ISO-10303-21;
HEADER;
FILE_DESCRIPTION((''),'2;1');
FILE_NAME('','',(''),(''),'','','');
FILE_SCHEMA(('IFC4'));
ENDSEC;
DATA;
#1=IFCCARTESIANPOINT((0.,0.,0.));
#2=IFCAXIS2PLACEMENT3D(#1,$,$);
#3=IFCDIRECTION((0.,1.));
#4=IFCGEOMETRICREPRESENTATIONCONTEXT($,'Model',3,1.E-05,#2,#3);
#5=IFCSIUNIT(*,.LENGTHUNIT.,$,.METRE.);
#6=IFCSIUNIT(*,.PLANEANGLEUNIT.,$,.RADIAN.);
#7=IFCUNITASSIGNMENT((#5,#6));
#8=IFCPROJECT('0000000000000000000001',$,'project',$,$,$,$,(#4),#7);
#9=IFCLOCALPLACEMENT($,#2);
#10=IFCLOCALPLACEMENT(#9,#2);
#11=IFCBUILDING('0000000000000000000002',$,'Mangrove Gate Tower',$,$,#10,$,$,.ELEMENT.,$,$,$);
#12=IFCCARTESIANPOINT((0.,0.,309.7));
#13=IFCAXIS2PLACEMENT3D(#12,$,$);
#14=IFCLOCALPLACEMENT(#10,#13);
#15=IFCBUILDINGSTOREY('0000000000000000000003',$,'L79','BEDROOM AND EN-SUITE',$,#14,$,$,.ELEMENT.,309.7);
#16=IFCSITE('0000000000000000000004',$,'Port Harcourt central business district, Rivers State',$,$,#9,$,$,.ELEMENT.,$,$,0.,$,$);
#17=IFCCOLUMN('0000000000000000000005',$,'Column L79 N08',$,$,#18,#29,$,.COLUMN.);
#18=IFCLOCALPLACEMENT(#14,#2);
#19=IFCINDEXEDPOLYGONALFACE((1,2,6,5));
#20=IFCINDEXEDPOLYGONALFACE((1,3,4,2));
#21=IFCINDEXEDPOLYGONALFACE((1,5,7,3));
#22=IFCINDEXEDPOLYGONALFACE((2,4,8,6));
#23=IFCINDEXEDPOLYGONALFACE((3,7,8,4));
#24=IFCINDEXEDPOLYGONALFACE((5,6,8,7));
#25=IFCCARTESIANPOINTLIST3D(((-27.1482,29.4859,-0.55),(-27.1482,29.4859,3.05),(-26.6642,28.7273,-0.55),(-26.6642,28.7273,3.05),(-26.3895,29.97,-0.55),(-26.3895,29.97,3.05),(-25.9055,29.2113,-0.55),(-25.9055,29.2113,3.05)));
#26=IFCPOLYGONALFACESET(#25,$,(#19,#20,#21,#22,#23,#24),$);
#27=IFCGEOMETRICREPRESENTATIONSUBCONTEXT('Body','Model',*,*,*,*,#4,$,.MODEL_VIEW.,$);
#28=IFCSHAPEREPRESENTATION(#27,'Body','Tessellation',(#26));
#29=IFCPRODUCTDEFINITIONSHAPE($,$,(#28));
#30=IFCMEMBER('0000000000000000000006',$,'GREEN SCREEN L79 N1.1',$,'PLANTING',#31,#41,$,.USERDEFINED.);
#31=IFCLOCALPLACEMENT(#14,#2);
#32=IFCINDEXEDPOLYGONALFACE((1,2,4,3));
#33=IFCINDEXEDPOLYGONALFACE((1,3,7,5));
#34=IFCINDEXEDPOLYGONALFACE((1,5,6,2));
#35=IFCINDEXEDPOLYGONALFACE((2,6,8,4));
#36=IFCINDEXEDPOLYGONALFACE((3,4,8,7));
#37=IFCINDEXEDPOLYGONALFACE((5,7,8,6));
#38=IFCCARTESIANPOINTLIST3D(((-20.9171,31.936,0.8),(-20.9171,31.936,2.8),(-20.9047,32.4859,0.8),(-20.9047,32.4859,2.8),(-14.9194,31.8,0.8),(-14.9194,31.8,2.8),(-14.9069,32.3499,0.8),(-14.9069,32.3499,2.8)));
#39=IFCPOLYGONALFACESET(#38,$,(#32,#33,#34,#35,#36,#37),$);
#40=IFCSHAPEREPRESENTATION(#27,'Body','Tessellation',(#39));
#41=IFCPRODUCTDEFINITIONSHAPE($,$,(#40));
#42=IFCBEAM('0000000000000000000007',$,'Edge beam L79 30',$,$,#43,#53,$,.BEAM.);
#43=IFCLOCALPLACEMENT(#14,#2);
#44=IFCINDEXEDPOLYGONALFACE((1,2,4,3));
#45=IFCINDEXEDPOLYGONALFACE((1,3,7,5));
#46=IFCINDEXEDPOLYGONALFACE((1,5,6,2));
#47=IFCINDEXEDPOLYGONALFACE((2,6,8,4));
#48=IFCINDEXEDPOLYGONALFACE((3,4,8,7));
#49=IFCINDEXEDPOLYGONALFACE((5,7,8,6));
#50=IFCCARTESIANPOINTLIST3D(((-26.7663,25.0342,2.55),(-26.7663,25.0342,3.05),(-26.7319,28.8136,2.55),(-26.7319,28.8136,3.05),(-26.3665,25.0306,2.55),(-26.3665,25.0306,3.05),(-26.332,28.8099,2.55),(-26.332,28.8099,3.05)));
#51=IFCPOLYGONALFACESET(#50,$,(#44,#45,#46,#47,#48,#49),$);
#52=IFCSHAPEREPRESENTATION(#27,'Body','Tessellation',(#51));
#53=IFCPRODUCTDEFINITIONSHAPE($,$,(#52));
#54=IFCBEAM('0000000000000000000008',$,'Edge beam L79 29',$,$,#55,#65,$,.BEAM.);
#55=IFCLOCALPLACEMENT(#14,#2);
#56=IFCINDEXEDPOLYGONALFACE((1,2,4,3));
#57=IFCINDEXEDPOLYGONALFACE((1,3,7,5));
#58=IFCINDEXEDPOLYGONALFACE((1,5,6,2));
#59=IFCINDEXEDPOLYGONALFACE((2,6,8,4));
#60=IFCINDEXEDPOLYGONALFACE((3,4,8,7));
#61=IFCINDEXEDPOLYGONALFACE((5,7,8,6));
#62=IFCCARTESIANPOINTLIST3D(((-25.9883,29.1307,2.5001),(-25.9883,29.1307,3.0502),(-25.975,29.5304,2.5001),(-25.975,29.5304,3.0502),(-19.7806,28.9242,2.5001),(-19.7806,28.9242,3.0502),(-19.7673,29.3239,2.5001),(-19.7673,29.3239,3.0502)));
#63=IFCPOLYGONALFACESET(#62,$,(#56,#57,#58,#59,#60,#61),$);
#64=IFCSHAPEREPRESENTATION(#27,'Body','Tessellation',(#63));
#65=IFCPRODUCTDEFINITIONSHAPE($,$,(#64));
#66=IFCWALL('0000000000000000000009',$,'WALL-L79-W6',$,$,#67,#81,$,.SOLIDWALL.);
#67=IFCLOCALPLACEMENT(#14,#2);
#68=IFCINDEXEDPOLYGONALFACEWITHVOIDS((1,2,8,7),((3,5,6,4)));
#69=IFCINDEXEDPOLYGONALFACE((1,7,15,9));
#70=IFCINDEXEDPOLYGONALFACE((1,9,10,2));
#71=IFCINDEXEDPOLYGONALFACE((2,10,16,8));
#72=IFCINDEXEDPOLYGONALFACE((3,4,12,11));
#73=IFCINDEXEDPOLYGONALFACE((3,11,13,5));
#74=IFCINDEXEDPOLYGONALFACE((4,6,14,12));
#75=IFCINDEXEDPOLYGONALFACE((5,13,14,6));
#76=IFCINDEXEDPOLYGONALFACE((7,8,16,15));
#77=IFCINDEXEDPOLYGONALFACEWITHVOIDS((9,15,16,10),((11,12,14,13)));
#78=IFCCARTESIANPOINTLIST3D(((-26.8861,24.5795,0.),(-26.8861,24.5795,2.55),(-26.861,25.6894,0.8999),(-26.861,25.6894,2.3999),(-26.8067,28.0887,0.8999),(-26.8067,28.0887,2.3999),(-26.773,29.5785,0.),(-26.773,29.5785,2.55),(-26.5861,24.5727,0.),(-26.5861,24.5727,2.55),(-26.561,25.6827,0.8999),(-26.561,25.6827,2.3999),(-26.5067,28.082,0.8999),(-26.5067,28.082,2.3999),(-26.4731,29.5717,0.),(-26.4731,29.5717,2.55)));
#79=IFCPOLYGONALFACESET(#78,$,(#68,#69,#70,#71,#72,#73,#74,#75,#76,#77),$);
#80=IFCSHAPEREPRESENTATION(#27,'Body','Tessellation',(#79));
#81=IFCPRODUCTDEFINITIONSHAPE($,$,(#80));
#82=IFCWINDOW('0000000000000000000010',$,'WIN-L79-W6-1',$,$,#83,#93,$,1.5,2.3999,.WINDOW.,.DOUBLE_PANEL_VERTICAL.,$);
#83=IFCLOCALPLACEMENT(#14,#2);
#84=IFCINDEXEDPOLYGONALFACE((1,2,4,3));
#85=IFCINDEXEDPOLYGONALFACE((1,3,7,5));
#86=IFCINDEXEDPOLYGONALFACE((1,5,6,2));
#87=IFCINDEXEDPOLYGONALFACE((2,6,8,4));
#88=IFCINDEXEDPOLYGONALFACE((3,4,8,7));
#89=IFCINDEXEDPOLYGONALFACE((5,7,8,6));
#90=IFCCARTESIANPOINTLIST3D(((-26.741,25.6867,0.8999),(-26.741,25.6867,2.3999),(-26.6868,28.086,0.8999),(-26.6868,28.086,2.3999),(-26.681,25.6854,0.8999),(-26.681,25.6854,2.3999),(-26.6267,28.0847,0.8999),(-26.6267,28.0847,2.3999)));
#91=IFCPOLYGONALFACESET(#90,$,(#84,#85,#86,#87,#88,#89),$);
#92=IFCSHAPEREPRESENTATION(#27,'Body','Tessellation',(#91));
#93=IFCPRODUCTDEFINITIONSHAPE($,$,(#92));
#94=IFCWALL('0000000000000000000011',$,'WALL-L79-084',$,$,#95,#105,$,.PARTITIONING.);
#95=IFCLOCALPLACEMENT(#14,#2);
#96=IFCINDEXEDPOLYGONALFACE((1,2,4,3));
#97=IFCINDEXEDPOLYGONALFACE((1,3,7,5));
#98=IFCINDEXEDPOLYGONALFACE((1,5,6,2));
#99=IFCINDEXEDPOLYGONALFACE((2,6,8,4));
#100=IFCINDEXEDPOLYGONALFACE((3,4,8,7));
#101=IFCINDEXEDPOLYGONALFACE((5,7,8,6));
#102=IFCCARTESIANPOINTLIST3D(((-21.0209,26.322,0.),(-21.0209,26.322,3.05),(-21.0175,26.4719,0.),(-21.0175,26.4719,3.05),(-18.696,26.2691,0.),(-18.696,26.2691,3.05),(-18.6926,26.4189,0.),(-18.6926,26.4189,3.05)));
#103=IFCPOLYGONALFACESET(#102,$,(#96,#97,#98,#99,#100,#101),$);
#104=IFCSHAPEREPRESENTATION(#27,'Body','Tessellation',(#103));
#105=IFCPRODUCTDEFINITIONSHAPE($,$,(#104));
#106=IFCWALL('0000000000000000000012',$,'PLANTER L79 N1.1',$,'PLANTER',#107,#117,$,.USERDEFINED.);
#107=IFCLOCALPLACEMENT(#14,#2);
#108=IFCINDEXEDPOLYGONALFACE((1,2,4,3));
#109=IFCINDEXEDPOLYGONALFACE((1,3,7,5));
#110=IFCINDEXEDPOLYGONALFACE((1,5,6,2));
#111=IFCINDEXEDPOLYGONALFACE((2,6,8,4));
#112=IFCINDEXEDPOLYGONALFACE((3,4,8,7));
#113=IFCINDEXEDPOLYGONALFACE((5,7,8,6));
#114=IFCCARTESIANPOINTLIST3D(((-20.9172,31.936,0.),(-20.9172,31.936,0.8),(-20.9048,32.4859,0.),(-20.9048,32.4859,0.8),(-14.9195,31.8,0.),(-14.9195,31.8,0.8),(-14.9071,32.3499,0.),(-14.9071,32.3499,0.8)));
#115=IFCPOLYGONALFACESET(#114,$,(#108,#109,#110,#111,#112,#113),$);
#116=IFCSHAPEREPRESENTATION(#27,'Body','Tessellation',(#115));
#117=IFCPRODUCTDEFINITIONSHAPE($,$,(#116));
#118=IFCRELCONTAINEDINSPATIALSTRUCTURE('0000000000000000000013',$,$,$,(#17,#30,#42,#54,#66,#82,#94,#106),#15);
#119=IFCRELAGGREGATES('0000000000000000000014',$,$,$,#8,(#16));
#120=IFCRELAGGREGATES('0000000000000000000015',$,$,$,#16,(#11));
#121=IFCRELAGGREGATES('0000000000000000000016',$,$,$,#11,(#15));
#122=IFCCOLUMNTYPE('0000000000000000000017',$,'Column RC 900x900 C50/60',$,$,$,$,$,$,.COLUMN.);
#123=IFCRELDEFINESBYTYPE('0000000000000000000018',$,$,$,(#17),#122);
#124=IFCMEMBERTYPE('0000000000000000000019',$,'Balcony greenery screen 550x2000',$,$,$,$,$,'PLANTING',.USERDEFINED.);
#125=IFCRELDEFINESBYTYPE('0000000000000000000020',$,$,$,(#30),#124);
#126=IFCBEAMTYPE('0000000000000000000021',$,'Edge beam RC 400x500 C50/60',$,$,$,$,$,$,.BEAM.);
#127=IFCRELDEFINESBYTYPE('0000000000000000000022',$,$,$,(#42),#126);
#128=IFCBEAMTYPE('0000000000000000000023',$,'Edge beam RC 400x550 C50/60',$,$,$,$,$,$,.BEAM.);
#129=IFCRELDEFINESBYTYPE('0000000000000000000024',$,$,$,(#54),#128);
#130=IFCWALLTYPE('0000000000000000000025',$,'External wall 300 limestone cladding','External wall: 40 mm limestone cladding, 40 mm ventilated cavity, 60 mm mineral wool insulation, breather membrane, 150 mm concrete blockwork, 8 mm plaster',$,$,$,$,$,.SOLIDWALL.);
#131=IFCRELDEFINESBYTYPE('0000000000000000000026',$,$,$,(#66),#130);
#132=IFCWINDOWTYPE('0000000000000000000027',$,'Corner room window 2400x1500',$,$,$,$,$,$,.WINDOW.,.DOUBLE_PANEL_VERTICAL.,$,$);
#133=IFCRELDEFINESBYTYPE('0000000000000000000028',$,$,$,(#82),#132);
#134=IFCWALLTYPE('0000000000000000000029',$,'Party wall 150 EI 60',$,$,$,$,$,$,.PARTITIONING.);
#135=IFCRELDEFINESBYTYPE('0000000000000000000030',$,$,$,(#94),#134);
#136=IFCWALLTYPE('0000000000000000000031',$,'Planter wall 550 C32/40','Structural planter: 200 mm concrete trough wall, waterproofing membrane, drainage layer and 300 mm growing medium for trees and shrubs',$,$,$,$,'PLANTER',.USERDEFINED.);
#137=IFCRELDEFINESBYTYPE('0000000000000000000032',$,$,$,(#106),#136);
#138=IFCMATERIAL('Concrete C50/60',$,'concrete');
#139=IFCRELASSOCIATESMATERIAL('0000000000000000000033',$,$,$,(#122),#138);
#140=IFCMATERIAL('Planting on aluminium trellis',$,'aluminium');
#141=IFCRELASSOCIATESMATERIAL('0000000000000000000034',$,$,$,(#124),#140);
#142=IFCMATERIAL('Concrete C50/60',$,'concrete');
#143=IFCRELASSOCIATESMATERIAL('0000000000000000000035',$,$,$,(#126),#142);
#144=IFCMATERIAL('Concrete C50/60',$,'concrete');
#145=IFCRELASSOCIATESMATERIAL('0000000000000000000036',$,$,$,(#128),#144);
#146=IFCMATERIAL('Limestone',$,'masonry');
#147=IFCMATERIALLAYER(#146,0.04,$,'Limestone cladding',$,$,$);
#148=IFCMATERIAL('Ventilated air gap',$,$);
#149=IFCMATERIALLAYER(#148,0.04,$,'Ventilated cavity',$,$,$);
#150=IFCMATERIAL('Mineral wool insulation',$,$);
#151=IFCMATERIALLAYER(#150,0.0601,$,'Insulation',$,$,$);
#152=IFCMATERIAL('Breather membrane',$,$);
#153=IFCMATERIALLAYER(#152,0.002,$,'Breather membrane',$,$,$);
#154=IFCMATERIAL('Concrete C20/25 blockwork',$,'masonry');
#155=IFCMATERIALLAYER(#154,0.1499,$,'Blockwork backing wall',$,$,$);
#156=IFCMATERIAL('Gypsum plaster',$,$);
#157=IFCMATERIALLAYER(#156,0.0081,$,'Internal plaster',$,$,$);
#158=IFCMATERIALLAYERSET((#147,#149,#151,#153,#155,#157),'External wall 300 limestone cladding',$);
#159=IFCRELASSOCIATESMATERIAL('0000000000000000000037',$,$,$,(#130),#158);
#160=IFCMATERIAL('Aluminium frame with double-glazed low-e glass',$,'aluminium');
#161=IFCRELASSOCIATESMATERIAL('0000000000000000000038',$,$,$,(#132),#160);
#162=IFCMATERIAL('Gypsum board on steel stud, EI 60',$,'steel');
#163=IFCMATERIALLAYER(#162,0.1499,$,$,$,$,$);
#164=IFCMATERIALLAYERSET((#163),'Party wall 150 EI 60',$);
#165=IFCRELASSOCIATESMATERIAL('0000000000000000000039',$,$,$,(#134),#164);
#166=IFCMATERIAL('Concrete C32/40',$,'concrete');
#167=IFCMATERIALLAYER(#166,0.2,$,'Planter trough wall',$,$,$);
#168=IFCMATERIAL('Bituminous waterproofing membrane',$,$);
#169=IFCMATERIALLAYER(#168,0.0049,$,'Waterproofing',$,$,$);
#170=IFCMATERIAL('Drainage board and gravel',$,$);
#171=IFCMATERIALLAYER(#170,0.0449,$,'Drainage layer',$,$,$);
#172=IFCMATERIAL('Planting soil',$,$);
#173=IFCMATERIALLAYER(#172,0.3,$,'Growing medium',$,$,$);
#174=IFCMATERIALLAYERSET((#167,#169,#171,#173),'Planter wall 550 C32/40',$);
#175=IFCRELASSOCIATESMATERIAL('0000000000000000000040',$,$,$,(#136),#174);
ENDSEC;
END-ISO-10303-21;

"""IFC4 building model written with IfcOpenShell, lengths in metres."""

from ifc_helpers import new_model, si_unit, direction, frame, frame_2d, origin, origin_2d, place, context, subcontext, project, spatial, rectangle, extrude, material, layer, layer_set, material_profile, profile_set, type_object, element, fill, save


model = new_model("IFC4")

# Units and contexts
model_context = context("Model", 3, precision=1e-05, world=origin(), true_north=direction((0.0, 1.0)))
body_context = subcontext(model_context, "Body", "Model", "MODEL_VIEW")
ifc_project = project(units=[si_unit("LENGTHUNIT", "METRE"), si_unit("PLANEANGLEUNIT", "RADIAN")], contexts=[model_context])

# Site, building, storey
site_placement = place(None, origin())
site = spatial("IfcSite", under=ifc_project, at=site_placement, Name="Port Harcourt central business district, Rivers State", CompositionType="ELEMENT", RefElevation=0.0)
building_placement = place(site_placement, origin())
building = spatial("IfcBuilding", under=site, at=building_placement, Name="Mangrove Gate Tower", CompositionType="ELEMENT")
storey_placement = place(building_placement, frame((0.0, 0.0, 309.7)))
storey = spatial("IfcBuildingStorey", under=building, at=storey_placement, Name="L79", Description="BEDROOM AND EN-SUITE", CompositionType="ELEMENT", Elevation=309.7)

# Column
ifc_material_1 = material(Name="Concrete C50/60", Category="concrete")
ifc_material_profile_1 = material_profile(ifc_material_1, rectangle(XDim=0.8999, YDim=0.8999, at=origin_2d()))
ifc_profile_set_1 = profile_set([ifc_material_profile_1], Name="Concrete C50/60")
column_type = type_object("IfcColumnType", Name="Column RC 900x900 C50/60", PredefinedType="COLUMN", material=ifc_profile_set_1)
column_placement = place(storey_placement, frame((-26.5269, 29.3486, -0.55), z_axis=(0.0, 0.0, 1.0), x_axis=(-0.843037, -0.537855, 0.0)))
element("IfcColumn", 1, at=column_placement, inside=storey, type_object=column_type, Name="Column L79 N08", PredefinedType="COLUMN", context=body_context, shape_type="SweptSolid", body=[
    extrude(rectangle(XDim=0.8999, YDim=0.8999, at=origin_2d()), origin(), (0.0, 0.0, 1.0), 3.6001),
])

# Member
ifc_material_2 = material(Name="Planting on aluminium trellis", Category="aluminium")
ifc_material_profile_2 = material_profile(ifc_material_2, rectangle(XDim=0.55, YDim=2.0, at=origin_2d()))
ifc_profile_set_2 = profile_set([ifc_material_profile_2], Name="Planting on aluminium trellis")
member_type = type_object("IfcMemberType", Name="Balcony greenery screen 550x2000", ElementType="PLANTING", PredefinedType="USERDEFINED", material=ifc_profile_set_2)
member_placement = place(storey_placement, frame((-20.9109, 32.2109, 1.8), z_axis=(0.999743, -0.022667, 0.0), x_axis=(0.022667, 0.999743, 0.0)))
element("IfcMember", 2, at=member_placement, inside=storey, type_object=member_type, Name="GREEN SCREEN L79 N1.1", ObjectType="PLANTING", PredefinedType="USERDEFINED", context=body_context, shape_type="SweptSolid", body=[
    extrude(rectangle(XDim=0.55, YDim=2.0, at=origin_2d()), origin(), (0.0, 0.0, 1.0), 5.9993),
])

# Beams
ifc_material_3 = material(Name="Concrete C50/60", Category="concrete")
ifc_material_profile_3 = material_profile(ifc_material_3, rectangle(XDim=0.3999, YDim=0.5, at=origin_2d()))
ifc_profile_set_3 = profile_set([ifc_material_profile_3], Name="Concrete C50/60")
beam_type_1 = type_object("IfcBeamType", Name="Edge beam RC 400x500 C50/60", PredefinedType="BEAM", material=ifc_profile_set_3)
beam_1_placement = place(storey_placement, frame((-26.532, 28.8118, 2.8), z_axis=(-0.009108, -0.999959, 0.0), x_axis=(0.999959, -0.009108, 0.0)))
element("IfcBeam", 3, at=beam_1_placement, inside=storey, type_object=beam_type_1, Name="Edge beam L79 30", PredefinedType="BEAM", context=body_context, shape_type="SweptSolid", body=[
    extrude(rectangle(XDim=0.3999, YDim=0.5, at=origin_2d()), origin(), (0.0, 0.0, 1.0), 3.7795),
])
ifc_material_4 = material(Name="Concrete C50/60", Category="concrete")
ifc_material_profile_4 = material_profile(ifc_material_4, rectangle(XDim=0.3999, YDim=0.55, at=origin_2d()))
ifc_profile_set_4 = profile_set([ifc_material_profile_4], Name="Concrete C50/60")
beam_type_2 = type_object("IfcBeamType", Name="Edge beam RC 400x550 C50/60", PredefinedType="BEAM", material=ifc_profile_set_4)
beam_2_placement = place(storey_placement, frame((-19.7739, 29.124, 2.7751), z_axis=(-0.999447, 0.033253, 0.0), x_axis=(-0.033253, -0.999447, 0.0)))
element("IfcBeam", 4, at=beam_2_placement, inside=storey, type_object=beam_type_2, Name="Edge beam L79 29", PredefinedType="BEAM", context=body_context, shape_type="SweptSolid", body=[
    extrude(rectangle(XDim=0.3999, YDim=0.55, at=origin_2d()), origin(), (0.0, 0.0, 1.0), 6.2112),
])

# Wall, opening, window
ifc_material_5 = material(Name="Limestone", Category="masonry")
ifc_layer_1 = layer(ifc_material_5, 0.04, Name="Limestone cladding")
ifc_material_6 = material(Name="Ventilated air gap")
ifc_layer_2 = layer(ifc_material_6, 0.04, Name="Ventilated cavity")
ifc_material_7 = material(Name="Mineral wool insulation")
ifc_layer_3 = layer(ifc_material_7, 0.0601, Name="Insulation")
ifc_material_8 = material(Name="Breather membrane")
ifc_layer_4 = layer(ifc_material_8, 0.002, Name="Breather membrane")
ifc_material_9 = material(Name="Concrete C20/25 blockwork", Category="masonry")
ifc_layer_5 = layer(ifc_material_9, 0.1499, Name="Blockwork backing wall")
ifc_material_10 = material(Name="Gypsum plaster")
ifc_layer_6 = layer(ifc_material_10, 0.0081, Name="Internal plaster")
ifc_layer_set_1 = layer_set([ifc_layer_1, ifc_layer_2, ifc_layer_3, ifc_layer_4, ifc_layer_5, ifc_layer_6], Name="External wall 300 limestone cladding")
wall_type_1 = type_object("IfcWallType", Name="External wall 300 limestone cladding", Description="External wall: 40 mm limestone cladding, 40 mm ventilated cavity, 60 mm mineral wool insulation, breather membrane, 150 mm concrete blockwork, 8 mm plaster", PredefinedType="SOLIDWALL", material=ifc_layer_set_1)
wall_1_placement = place(storey_placement, frame((-26.623, 29.575, 0.0), z_axis=(0.0, 0.0, 1.0), x_axis=(-0.022606, -0.999744, 0.0)))
wall_1 = element("IfcWall", 5, at=wall_1_placement, inside=storey, type_object=wall_type_1, Name="WALL-L79-W6", PredefinedType="SOLIDWALL", context=body_context, shape_type="SweptSolid", body=[
    extrude(rectangle(XDim=5.0002, YDim=0.3, at=frame_2d((2.5, 0.0))), origin(), (0.0, 0.0, 1.0), 2.55),
])
opening_1_placement = place(wall_1_placement, frame((1.49, 0.0, 0.8999)))
opening_1 = element("IfcOpeningElement", 6, at=opening_1_placement, cuts=wall_1, PredefinedType="OPENING", context=body_context, shape_type="SweptSolid", body=[
    extrude(rectangle(XDim=2.3999, YDim=1.5, at=frame_2d((1.2, 0.75))), frame((0.0, 0.1599, 0.0), z_axis=(0.0, -1.0, 0.0), x_axis=(1.0, 0.0, 0.0)), (0.0, 0.0, 1.0), 0.3201),
])
ifc_material_11 = material(Name="Aluminium frame with double-glazed low-e glass", Category="aluminium")
window_type_1 = type_object("IfcWindowType", Name="Corner room window 2400x1500", PartitioningType="DOUBLE_PANEL_VERTICAL", PredefinedType="WINDOW", material=ifc_material_11)
window_1_placement = place(opening_1_placement, origin())
window_1 = element("IfcWindow", 7, at=window_1_placement, inside=storey, type_object=window_type_1, Name="WIN-L79-W6-1", OverallHeight=1.5, OverallWidth=2.3999, PartitioningType="DOUBLE_PANEL_VERTICAL", PredefinedType="WINDOW", context=body_context, shape_type="SweptSolid", body=[
    extrude(rectangle(XDim=2.3999, YDim=1.5, at=frame_2d((1.2, 0.75))), frame((0.0, 0.03, 0.0), z_axis=(0.0, -1.0, 0.0), x_axis=(1.0, 0.0, 0.0)), (0.0, 0.0, 1.0), 0.0601),
])
fill(opening_1, window_1)

# Walls
ifc_material_12 = material(Name="Gypsum board on steel stud, EI 60", Category="steel")
ifc_layer_7 = layer(ifc_material_12, 0.1499)
ifc_layer_set_2 = layer_set([ifc_layer_7], Name="Party wall 150 EI 60")
wall_type_2 = type_object("IfcWallType", Name="Party wall 150 EI 60", PredefinedType="PARTITIONING", material=ifc_layer_set_2)
wall_2_placement = place(storey_placement, frame((-21.019, 26.397, 0.0), z_axis=(0.0, 0.0, 1.0), x_axis=(0.99974, -0.022781, 0.0)))
element("IfcWall", 8, at=wall_2_placement, inside=storey, type_object=wall_type_2, Name="WALL-L79-084", PredefinedType="PARTITIONING", context=body_context, shape_type="SweptSolid", body=[
    extrude(rectangle(XDim=2.3254, YDim=0.1499, at=frame_2d((1.1626, 0.0))), origin(), (0.0, 0.0, 1.0), 3.05),
])
ifc_material_13 = material(Name="Concrete C32/40", Category="concrete")
ifc_layer_8 = layer(ifc_material_13, 0.2, Name="Planter trough wall")
ifc_material_14 = material(Name="Bituminous waterproofing membrane")
ifc_layer_9 = layer(ifc_material_14, 0.0049, Name="Waterproofing")
ifc_material_15 = material(Name="Drainage board and gravel")
ifc_layer_10 = layer(ifc_material_15, 0.0449, Name="Drainage layer")
ifc_material_16 = material(Name="Planting soil")
ifc_layer_11 = layer(ifc_material_16, 0.3, Name="Growing medium")
ifc_layer_set_3 = layer_set([ifc_layer_8, ifc_layer_9, ifc_layer_10, ifc_layer_11], Name="Planter wall 550 C32/40")
wall_type_3 = type_object("IfcWallType", Name="Planter wall 550 C32/40", Description="Structural planter: 200 mm concrete trough wall, waterproofing membrane, drainage layer and 300 mm growing medium for trees and shrubs", ElementType="PLANTER", PredefinedType="USERDEFINED", material=ifc_layer_set_3)
wall_3_placement = place(storey_placement, frame((-20.9109, 32.2109, 0.0), z_axis=(0.0, 0.0, 1.0), x_axis=(0.999743, -0.022667, 0.0)))
element("IfcWall", 9, at=wall_3_placement, inside=storey, type_object=wall_type_3, Name="PLANTER L79 N1.1", ObjectType="PLANTER", PredefinedType="USERDEFINED", context=body_context, shape_type="SweptSolid", body=[
    extrude(rectangle(XDim=5.9993, YDim=0.55, at=frame_2d((2.9995, 0.0))), origin(), (0.0, 0.0, 1.0), 0.8),
])

save(model, "model.ifc")
